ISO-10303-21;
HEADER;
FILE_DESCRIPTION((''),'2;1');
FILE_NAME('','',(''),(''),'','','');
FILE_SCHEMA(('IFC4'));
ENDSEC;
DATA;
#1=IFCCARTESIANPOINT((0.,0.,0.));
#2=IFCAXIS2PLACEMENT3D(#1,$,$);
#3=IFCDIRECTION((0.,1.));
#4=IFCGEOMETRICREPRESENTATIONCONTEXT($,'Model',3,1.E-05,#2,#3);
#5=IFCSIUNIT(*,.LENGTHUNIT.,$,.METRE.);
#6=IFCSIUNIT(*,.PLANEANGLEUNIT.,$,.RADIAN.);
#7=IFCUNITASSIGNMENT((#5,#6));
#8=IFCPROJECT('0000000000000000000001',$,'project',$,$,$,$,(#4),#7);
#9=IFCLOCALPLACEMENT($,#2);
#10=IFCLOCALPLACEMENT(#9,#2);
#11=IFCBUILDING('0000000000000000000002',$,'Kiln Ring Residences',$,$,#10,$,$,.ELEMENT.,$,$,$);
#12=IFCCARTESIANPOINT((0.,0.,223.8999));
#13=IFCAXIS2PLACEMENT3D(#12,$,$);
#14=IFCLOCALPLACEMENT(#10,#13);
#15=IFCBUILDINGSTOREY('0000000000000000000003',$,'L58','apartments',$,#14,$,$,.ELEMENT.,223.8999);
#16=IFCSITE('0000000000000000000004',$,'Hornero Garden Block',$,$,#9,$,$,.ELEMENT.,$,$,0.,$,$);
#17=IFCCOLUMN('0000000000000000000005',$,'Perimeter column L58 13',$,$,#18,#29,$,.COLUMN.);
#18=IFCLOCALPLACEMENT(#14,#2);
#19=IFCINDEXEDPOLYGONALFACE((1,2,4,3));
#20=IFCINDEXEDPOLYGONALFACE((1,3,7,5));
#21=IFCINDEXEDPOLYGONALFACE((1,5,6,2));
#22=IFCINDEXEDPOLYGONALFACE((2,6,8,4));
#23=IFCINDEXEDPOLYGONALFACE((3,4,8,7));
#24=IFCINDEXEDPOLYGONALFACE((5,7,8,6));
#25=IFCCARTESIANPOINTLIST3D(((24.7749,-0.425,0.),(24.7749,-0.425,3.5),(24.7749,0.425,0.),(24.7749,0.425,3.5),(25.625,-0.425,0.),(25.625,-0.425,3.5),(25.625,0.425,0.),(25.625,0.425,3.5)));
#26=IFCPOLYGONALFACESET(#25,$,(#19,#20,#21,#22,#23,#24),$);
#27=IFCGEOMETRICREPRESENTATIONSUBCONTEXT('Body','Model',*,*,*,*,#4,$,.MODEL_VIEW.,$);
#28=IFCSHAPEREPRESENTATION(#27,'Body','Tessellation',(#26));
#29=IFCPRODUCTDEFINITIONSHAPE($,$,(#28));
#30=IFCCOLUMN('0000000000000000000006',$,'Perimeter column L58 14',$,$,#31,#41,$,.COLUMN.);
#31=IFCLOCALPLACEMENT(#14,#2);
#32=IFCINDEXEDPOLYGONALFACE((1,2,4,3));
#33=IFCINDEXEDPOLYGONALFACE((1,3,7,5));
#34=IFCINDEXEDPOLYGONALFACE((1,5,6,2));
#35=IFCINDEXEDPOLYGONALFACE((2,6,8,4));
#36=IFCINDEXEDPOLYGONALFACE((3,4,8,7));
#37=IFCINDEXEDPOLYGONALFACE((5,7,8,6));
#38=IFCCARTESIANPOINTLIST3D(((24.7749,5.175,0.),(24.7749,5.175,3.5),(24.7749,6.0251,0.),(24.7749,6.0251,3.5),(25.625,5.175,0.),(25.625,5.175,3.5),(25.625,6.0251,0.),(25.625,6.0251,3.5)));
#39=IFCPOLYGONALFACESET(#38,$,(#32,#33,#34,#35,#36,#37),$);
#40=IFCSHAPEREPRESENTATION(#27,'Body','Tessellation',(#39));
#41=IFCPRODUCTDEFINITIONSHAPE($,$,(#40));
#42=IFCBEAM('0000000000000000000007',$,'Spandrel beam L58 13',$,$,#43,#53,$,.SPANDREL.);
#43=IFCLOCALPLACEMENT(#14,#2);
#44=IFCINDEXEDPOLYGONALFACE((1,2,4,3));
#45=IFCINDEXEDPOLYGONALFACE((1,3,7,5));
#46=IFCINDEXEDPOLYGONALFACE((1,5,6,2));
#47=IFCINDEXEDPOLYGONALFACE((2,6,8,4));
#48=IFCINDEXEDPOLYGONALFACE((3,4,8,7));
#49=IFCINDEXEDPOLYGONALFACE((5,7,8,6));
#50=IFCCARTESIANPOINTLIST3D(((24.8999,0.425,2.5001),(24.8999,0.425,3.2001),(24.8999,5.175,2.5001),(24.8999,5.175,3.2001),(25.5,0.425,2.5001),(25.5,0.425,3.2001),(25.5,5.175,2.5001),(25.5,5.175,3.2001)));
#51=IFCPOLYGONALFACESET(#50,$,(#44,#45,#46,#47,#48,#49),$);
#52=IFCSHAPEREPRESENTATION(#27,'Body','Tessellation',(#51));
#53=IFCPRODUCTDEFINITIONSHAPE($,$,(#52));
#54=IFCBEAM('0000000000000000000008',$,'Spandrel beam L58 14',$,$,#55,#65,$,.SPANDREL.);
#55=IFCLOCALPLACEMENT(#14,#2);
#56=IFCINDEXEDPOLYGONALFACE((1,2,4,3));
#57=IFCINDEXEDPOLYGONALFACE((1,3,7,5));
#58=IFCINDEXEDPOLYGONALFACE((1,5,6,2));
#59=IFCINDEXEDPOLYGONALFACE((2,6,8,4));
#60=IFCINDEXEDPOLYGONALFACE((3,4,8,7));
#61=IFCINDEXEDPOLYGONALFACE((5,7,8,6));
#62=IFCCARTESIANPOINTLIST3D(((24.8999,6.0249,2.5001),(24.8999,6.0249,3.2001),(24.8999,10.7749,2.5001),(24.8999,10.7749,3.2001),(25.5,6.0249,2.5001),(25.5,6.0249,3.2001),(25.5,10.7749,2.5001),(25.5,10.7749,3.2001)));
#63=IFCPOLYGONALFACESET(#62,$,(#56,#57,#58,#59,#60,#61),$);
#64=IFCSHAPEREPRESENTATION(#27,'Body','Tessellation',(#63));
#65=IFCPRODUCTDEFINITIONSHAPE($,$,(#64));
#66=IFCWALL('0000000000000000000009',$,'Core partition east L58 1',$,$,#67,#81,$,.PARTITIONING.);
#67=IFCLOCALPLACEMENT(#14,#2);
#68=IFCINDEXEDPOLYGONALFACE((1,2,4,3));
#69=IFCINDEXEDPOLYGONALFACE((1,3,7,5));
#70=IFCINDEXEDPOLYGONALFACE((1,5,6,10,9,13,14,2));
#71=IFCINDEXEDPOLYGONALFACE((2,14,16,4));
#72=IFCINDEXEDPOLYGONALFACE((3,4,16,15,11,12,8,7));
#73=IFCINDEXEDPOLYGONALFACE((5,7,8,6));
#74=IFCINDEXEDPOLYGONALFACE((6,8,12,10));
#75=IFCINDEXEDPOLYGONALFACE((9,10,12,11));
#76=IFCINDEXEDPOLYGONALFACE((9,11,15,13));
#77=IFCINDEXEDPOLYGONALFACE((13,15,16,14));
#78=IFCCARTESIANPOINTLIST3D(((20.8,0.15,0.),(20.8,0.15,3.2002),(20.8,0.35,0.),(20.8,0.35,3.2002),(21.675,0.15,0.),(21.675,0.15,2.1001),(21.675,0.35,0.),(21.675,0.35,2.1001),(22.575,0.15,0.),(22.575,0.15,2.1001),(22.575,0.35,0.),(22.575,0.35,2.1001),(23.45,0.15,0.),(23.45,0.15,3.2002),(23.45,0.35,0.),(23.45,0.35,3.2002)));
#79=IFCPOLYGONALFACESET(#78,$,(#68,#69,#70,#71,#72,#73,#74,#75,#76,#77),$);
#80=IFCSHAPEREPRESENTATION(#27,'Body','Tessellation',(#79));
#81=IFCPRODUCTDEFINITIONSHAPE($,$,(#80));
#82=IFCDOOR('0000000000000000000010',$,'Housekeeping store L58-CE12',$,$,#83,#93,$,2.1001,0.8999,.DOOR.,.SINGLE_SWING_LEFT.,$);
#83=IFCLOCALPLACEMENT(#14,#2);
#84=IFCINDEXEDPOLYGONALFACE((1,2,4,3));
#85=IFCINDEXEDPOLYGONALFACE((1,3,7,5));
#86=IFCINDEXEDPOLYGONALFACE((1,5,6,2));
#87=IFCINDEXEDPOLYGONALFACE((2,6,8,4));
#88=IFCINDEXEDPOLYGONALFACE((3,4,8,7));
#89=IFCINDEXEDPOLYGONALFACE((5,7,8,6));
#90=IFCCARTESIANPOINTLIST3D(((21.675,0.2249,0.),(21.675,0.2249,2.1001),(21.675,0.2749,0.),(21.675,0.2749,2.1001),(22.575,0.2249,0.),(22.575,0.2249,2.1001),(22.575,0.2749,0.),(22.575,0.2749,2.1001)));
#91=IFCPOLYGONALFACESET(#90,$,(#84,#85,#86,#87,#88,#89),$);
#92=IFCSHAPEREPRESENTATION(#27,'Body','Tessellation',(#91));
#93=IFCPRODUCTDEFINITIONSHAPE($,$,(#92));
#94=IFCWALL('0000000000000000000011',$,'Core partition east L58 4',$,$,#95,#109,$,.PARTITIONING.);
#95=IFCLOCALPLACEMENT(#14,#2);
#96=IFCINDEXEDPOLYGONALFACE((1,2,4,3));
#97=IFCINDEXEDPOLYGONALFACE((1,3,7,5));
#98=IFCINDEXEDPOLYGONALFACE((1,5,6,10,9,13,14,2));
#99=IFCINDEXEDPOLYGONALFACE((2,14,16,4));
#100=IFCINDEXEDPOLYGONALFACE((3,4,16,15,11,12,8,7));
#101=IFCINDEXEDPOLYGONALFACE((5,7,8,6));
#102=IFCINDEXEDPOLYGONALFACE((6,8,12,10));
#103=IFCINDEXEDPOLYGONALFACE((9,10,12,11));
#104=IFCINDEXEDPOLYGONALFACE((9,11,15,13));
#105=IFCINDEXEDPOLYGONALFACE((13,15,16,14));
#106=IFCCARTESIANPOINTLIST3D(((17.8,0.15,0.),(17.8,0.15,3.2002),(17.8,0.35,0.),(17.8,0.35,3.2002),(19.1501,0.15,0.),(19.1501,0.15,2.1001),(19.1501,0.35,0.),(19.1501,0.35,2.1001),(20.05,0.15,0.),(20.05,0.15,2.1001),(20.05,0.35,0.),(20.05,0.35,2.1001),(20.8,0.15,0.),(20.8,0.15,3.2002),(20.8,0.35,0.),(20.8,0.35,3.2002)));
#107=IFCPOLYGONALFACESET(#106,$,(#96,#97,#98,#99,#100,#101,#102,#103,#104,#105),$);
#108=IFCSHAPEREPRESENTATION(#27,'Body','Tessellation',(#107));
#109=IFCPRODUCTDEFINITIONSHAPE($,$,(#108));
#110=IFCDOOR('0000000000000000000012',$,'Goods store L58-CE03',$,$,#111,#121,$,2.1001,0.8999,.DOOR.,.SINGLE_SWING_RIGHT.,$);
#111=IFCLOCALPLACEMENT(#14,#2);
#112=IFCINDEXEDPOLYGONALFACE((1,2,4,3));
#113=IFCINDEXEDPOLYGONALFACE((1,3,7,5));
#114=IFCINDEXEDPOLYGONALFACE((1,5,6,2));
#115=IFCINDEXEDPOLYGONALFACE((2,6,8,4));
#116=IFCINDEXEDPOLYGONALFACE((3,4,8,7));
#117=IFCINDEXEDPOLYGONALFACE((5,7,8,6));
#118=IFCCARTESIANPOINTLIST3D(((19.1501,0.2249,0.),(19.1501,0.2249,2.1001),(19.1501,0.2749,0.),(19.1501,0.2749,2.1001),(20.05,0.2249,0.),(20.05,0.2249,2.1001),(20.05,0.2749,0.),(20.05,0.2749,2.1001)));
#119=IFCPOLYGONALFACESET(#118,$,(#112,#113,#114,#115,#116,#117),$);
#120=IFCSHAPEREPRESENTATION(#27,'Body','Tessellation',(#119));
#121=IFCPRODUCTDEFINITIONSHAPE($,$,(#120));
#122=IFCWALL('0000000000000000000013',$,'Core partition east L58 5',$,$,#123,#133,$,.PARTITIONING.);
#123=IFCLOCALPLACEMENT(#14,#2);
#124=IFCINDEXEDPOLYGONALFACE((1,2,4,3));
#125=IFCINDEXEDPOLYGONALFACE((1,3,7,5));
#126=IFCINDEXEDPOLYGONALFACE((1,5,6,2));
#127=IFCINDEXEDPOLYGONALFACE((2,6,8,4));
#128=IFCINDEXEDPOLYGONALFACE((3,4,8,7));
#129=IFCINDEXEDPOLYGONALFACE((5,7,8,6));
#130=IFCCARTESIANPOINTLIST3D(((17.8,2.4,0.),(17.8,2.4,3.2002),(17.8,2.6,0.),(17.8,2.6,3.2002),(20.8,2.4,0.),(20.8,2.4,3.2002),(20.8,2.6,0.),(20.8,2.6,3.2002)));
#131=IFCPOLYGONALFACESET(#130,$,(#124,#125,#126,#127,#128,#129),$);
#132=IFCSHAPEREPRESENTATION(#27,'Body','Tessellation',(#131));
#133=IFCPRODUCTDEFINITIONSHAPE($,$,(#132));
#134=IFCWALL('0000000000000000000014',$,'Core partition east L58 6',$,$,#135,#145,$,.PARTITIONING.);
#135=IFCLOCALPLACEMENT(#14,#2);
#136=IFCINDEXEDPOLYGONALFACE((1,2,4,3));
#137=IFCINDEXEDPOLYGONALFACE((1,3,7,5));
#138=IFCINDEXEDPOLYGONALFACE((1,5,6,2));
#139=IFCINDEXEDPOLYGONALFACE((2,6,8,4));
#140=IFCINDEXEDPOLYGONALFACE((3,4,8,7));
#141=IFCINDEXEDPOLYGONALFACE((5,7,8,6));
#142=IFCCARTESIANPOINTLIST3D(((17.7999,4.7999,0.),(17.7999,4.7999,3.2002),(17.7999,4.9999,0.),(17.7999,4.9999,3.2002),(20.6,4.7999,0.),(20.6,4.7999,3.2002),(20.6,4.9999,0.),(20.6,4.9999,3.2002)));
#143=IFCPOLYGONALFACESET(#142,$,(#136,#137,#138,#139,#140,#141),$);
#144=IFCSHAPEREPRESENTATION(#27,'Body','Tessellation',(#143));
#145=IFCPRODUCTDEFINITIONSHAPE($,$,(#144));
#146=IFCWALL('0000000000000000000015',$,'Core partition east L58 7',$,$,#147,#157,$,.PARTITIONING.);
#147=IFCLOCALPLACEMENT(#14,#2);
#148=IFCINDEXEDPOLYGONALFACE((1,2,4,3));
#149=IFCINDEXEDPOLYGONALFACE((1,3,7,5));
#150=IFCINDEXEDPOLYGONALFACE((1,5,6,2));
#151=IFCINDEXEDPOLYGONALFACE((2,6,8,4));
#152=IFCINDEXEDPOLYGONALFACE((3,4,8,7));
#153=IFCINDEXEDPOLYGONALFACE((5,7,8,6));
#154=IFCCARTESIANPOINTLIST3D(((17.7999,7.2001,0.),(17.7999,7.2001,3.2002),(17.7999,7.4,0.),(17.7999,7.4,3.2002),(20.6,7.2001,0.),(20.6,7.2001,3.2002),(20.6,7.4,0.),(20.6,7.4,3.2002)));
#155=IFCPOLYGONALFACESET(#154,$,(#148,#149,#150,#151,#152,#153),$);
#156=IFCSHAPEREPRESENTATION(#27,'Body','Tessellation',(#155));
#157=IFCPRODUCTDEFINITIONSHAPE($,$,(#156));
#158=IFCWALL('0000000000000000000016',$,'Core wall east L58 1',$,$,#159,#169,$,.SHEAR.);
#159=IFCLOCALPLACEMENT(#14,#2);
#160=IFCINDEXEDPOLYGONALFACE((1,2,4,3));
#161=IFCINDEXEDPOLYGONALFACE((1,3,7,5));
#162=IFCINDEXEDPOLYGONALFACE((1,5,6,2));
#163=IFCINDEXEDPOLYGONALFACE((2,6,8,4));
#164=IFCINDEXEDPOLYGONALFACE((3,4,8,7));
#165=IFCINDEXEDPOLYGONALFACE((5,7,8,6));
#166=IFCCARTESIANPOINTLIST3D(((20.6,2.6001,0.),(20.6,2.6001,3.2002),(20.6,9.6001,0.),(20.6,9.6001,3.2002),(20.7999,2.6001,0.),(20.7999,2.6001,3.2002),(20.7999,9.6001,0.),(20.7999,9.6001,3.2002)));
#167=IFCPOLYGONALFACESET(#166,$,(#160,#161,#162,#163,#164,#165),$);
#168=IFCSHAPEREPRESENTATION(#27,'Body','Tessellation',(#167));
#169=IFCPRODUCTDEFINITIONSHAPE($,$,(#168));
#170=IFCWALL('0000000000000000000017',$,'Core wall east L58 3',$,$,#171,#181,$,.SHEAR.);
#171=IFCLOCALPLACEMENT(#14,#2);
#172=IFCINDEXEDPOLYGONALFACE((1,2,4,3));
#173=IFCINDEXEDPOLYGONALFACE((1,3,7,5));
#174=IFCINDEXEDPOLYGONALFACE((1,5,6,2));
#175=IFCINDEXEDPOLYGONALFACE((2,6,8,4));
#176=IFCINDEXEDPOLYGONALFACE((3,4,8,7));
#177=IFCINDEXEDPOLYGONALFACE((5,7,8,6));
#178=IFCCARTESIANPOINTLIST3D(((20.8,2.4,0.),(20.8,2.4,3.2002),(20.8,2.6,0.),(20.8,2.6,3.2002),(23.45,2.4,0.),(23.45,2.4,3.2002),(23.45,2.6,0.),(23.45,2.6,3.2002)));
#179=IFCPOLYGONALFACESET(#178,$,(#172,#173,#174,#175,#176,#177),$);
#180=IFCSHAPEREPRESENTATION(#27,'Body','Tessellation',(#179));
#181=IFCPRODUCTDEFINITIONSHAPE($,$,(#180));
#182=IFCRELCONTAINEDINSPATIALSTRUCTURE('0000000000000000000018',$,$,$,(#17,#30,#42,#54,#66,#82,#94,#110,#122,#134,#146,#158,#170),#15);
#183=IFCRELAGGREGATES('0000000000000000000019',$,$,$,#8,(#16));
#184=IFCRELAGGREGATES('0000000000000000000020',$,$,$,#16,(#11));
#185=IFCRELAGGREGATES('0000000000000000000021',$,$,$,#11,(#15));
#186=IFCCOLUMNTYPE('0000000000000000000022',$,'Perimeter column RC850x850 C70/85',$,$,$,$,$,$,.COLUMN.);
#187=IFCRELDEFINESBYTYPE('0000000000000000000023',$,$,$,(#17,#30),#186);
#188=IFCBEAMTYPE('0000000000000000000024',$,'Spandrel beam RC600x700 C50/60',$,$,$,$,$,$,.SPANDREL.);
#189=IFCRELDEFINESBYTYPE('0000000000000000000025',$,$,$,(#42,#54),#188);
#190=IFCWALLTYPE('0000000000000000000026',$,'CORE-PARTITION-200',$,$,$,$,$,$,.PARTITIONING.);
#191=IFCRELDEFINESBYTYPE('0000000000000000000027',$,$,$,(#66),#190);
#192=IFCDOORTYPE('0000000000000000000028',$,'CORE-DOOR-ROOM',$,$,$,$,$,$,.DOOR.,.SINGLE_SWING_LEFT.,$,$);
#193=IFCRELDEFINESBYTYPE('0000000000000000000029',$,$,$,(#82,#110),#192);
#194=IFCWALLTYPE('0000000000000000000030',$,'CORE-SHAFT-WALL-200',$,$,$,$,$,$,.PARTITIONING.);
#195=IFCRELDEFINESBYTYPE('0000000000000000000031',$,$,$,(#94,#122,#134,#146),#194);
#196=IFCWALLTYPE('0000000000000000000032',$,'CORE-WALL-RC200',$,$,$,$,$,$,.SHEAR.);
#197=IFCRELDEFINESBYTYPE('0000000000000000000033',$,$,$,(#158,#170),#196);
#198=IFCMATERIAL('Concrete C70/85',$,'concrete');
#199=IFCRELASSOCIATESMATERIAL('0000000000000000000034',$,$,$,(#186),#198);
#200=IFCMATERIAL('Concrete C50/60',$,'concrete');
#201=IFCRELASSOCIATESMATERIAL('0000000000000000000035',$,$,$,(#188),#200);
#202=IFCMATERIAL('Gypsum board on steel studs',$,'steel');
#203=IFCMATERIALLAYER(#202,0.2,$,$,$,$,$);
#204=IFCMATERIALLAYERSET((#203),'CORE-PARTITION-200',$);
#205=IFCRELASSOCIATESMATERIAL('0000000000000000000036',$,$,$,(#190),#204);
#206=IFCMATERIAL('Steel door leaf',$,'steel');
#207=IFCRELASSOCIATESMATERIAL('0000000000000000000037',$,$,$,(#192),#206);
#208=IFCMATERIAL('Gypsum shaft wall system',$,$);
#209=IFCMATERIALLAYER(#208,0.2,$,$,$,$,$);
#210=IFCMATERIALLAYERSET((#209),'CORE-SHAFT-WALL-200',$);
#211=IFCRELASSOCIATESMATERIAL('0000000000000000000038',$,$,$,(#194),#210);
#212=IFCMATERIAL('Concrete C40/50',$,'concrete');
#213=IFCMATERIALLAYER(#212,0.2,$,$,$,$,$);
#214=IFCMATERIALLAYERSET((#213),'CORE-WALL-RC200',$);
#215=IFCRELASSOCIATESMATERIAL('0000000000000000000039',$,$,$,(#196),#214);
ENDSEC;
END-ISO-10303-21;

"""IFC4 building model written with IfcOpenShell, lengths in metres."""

from ifc_helpers import new_model, si_unit, direction, frame, frame_2d, origin, origin_2d, place, context, subcontext, project, spatial, rectangle, extrude, material, layer, layer_set, material_profile, profile_set, type_object, element, fill, save


model = new_model("IFC4")

# Units and contexts
model_context = context("Model", 3, precision=1e-05, world=origin(), true_north=direction((0.0, 1.0)))
body_context = subcontext(model_context, "Body", "Model", "MODEL_VIEW")
ifc_project = project(units=[si_unit("LENGTHUNIT", "METRE"), si_unit("PLANEANGLEUNIT", "RADIAN")], contexts=[model_context])

# Site, building, storey
site_placement = place(None, origin())
site = spatial("IfcSite", under=ifc_project, at=site_placement, Name="Hornero Garden Block", CompositionType="ELEMENT", RefElevation=0.0)
building_placement = place(site_placement, origin())
building = spatial("IfcBuilding", under=site, at=building_placement, Name="Kiln Ring Residences", CompositionType="ELEMENT")
storey_placement = place(building_placement, frame((0.0, 0.0, 223.8999)))
storey = spatial("IfcBuildingStorey", under=building, at=storey_placement, Name="L58", Description="apartments", CompositionType="ELEMENT", Elevation=223.8999)

# Columns
ifc_material_1 = material(Name="Concrete C70/85", Category="concrete")
ifc_material_profile_1 = material_profile(ifc_material_1, rectangle(XDim=0.8501, YDim=0.8501, at=origin_2d()), Name="RC850x850")
ifc_profile_set_1 = profile_set([ifc_material_profile_1], Name="Concrete C70/85")
column_type = type_object("IfcColumnType", Name="Perimeter column RC850x850 C70/85", PredefinedType="COLUMN", material=ifc_profile_set_1)
for number, where, z_axis, x_axis, name in (
    (1, (25.2, 0.0, 0.0), (0.0, 0.0, 1.0), (1.0, 0.0, 0.0), "Perimeter column L58 13"),
    (2, (25.2, 5.6001, 0.0), (0.0, 0.0, 1.0), (1.0, 0.0, 0.0), "Perimeter column L58 14"),
):
    element("IfcColumn", number, at=place(storey_placement, frame(where, z_axis=z_axis, x_axis=x_axis)), inside=storey, type_object=column_type, Name=name, PredefinedType="COLUMN", context=body_context, shape_type="SweptSolid", body=[
        extrude(rectangle(XDim=0.8501, YDim=0.8501, at=origin_2d()), origin(), (0.0, 0.0, 1.0), 3.5),
    ])

# Beams
ifc_material_2 = material(Name="Concrete C50/60", Category="concrete")
ifc_material_profile_2 = material_profile(ifc_material_2, rectangle(XDim=0.6001, YDim=0.7, at=origin_2d()), Name="RC600x700")
ifc_profile_set_2 = profile_set([ifc_material_profile_2], Name="Concrete C50/60")
beam_type = type_object("IfcBeamType", Name="Spandrel beam RC600x700 C50/60", PredefinedType="SPANDREL", material=ifc_profile_set_2)
for number, where, z_axis, x_axis, name in (
    (3, (25.2, 0.425, 2.8501), (0.0, 1.0, 0.0), (-1.0, 0.0, 0.0), "Spandrel beam L58 13"),
    (4, (25.2, 6.0249, 2.8501), (0.0, 1.0, 0.0), (-1.0, 0.0, 0.0), "Spandrel beam L58 14"),
):
    element("IfcBeam", number, at=place(storey_placement, frame(where, z_axis=z_axis, x_axis=x_axis)), inside=storey, type_object=beam_type, Name=name, PredefinedType="SPANDREL", context=body_context, shape_type="SweptSolid", body=[
        extrude(rectangle(XDim=0.6001, YDim=0.7, at=origin_2d()), origin(), (0.0, 0.0, 1.0), 4.75),
    ])

# Walls, openings, doors
ifc_material_3 = material(Name="Gypsum board on steel studs", Category="steel")
ifc_layer_1 = layer(ifc_material_3, 0.2)
ifc_layer_set_1 = layer_set([ifc_layer_1], Name="CORE-PARTITION-200")
wall_type_1 = type_object("IfcWallType", Name="CORE-PARTITION-200", PredefinedType="PARTITIONING", material=ifc_layer_set_1)
wall_1_placement = place(storey_placement, frame((20.8, 0.25, 0.0), z_axis=(0.0, 0.0, 1.0), x_axis=(1.0, 0.0, 0.0)))
wall_1 = element("IfcWall", 5, at=wall_1_placement, inside=storey, type_object=wall_type_1, Name="Core partition east L58 1", PredefinedType="PARTITIONING", context=body_context, shape_type="SweptSolid", body=[
    extrude(rectangle(XDim=2.6499, YDim=0.2, at=frame_2d((1.325, 0.0))), origin(), (0.0, 0.0, 1.0), 3.2002),
])
opening_1_placement = place(wall_1_placement, frame((0.875, 0.0, 0.0)))
opening_1 = element("IfcOpeningElement", 6, at=opening_1_placement, cuts=wall_1, PredefinedType="OPENING", context=body_context, shape_type="SweptSolid", body=[
    extrude(rectangle(XDim=0.8999, YDim=2.1001, at=frame_2d((0.45, 1.05))), frame((0.0, 0.1099, 0.0), z_axis=(0.0, -1.0, 0.0), x_axis=(1.0, 0.0, 0.0)), (0.0, 0.0, 1.0), 0.22),
])
ifc_material_4 = material(Name="Steel door leaf", Category="steel")
door_type = type_object("IfcDoorType", Name="CORE-DOOR-ROOM", OperationType="SINGLE_SWING_LEFT", PredefinedType="DOOR", material=ifc_material_4)
door_1_placement = place(opening_1_placement, origin())
door_1 = element("IfcDoor", 7, at=door_1_placement, inside=storey, type_object=door_type, Name="Housekeeping store L58-CE12", OperationType="SINGLE_SWING_LEFT", OverallHeight=2.1001, OverallWidth=0.8999, PredefinedType="DOOR", context=body_context, shape_type="SweptSolid", body=[
    extrude(rectangle(XDim=0.8999, YDim=2.1001, at=frame_2d((0.45, 1.05))), frame((0.0, 0.0249, 0.0), z_axis=(0.0, -1.0, 0.0), x_axis=(1.0, 0.0, 0.0)), (0.0, 0.0, 1.0), 0.05),
])
fill(opening_1, door_1)
ifc_material_5 = material(Name="Gypsum shaft wall system")
ifc_layer_2 = layer(ifc_material_5, 0.2)
ifc_layer_set_2 = layer_set([ifc_layer_2], Name="CORE-SHAFT-WALL-200")
wall_type_2 = type_object("IfcWallType", Name="CORE-SHAFT-WALL-200", PredefinedType="PARTITIONING", material=ifc_layer_set_2)
wall_2_placement = place(storey_placement, frame((17.8, 0.25, 0.0), z_axis=(0.0, 0.0, 1.0), x_axis=(1.0, 0.0, 0.0)))
wall_2 = element("IfcWall", 8, at=wall_2_placement, inside=storey, type_object=wall_type_2, Name="Core partition east L58 4", PredefinedType="PARTITIONING", context=body_context, shape_type="SweptSolid", body=[
    extrude(rectangle(XDim=3.0, YDim=0.2, at=frame_2d((1.5, 0.0))), origin(), (0.0, 0.0, 1.0), 3.2002),
])
opening_2_placement = place(wall_2_placement, frame((1.3501, 0.0, 0.0)))
opening_2 = element("IfcOpeningElement", 9, at=opening_2_placement, cuts=wall_2, PredefinedType="OPENING", context=body_context, shape_type="SweptSolid", body=[
    extrude(rectangle(XDim=0.8999, YDim=2.1001, at=frame_2d((0.45, 1.05))), frame((0.0, 0.1099, 0.0), z_axis=(0.0, -1.0, 0.0), x_axis=(1.0, 0.0, 0.0)), (0.0, 0.0, 1.0), 0.22),
])
door_2_placement = place(opening_2_placement, origin())
door_2 = element("IfcDoor", 10, at=door_2_placement, inside=storey, type_object=door_type, Name="Goods store L58-CE03", OperationType="SINGLE_SWING_RIGHT", OverallHeight=2.1001, OverallWidth=0.8999, PredefinedType="DOOR", context=body_context, shape_type="SweptSolid", body=[
    extrude(rectangle(XDim=0.8999, YDim=2.1001, at=frame_2d((0.45, 1.05))), frame((0.0, 0.0249, 0.0), z_axis=(0.0, -1.0, 0.0), x_axis=(1.0, 0.0, 0.0)), (0.0, 0.0, 1.0), 0.05),
])
fill(opening_2, door_2)

# Walls
wall_3_placement = place(storey_placement, frame((17.8, 2.5, 0.0), z_axis=(0.0, 0.0, 1.0), x_axis=(1.0, 0.0, 0.0)))
element("IfcWall", 11, at=wall_3_placement, inside=storey, type_object=wall_type_2, Name="Core partition east L58 5", PredefinedType="PARTITIONING", context=body_context, shape_type="SweptSolid", body=[
    extrude(rectangle(XDim=3.0, YDim=0.2, at=frame_2d((1.5, 0.0))), origin(), (0.0, 0.0, 1.0), 3.2002),
])
for number, where, z_axis, x_axis, name in (
    (12, (17.8, 4.8999, 0.0), (0.0, 0.0, 1.0), (1.0, 0.0, 0.0), "Core partition east L58 6"),
    (13, (17.8, 7.3, 0.0), (0.0, 0.0, 1.0), (1.0, 0.0, 0.0), "Core partition east L58 7"),
):
    element("IfcWall", number, at=place(storey_placement, frame(where, z_axis=z_axis, x_axis=x_axis)), inside=storey, type_object=wall_type_2, Name=name, PredefinedType="PARTITIONING", context=body_context, shape_type="SweptSolid", body=[
        extrude(rectangle(XDim=2.8, YDim=0.2, at=frame_2d((1.3999, 0.0))), origin(), (0.0, 0.0, 1.0), 3.2002),
    ])
ifc_material_6 = material(Name="Concrete C40/50", Category="concrete")
ifc_layer_3 = layer(ifc_material_6, 0.2)
ifc_layer_set_3 = layer_set([ifc_layer_3], Name="CORE-WALL-RC200")
wall_type_3 = type_object("IfcWallType", Name="CORE-WALL-RC200", PredefinedType="SHEAR", material=ifc_layer_set_3)
wall_4_placement = place(storey_placement, frame((20.7, 2.6001, 0.0), z_axis=(0.0, 0.0, 1.0), x_axis=(0.0, 1.0, 0.0)))
element("IfcWall", 14, at=wall_4_placement, inside=storey, type_object=wall_type_3, Name="Core wall east L58 1", PredefinedType="SHEAR", context=body_context, shape_type="SweptSolid", body=[
    extrude(rectangle(XDim=7.0, YDim=0.2, at=frame_2d((3.5, 0.0))), origin(), (0.0, 0.0, 1.0), 3.2002),
])
wall_5_placement = place(storey_placement, frame((20.8, 2.5, 0.0), z_axis=(0.0, 0.0, 1.0), x_axis=(1.0, 0.0, 0.0)))
element("IfcWall", 15, at=wall_5_placement, inside=storey, type_object=wall_type_3, Name="Core wall east L58 3", PredefinedType="SHEAR", context=body_context, shape_type="SweptSolid", body=[
    extrude(rectangle(XDim=2.6499, YDim=0.2, at=frame_2d((1.325, 0.0))), origin(), (0.0, 0.0, 1.0), 3.2002),
])

save(model, "model.ifc")
